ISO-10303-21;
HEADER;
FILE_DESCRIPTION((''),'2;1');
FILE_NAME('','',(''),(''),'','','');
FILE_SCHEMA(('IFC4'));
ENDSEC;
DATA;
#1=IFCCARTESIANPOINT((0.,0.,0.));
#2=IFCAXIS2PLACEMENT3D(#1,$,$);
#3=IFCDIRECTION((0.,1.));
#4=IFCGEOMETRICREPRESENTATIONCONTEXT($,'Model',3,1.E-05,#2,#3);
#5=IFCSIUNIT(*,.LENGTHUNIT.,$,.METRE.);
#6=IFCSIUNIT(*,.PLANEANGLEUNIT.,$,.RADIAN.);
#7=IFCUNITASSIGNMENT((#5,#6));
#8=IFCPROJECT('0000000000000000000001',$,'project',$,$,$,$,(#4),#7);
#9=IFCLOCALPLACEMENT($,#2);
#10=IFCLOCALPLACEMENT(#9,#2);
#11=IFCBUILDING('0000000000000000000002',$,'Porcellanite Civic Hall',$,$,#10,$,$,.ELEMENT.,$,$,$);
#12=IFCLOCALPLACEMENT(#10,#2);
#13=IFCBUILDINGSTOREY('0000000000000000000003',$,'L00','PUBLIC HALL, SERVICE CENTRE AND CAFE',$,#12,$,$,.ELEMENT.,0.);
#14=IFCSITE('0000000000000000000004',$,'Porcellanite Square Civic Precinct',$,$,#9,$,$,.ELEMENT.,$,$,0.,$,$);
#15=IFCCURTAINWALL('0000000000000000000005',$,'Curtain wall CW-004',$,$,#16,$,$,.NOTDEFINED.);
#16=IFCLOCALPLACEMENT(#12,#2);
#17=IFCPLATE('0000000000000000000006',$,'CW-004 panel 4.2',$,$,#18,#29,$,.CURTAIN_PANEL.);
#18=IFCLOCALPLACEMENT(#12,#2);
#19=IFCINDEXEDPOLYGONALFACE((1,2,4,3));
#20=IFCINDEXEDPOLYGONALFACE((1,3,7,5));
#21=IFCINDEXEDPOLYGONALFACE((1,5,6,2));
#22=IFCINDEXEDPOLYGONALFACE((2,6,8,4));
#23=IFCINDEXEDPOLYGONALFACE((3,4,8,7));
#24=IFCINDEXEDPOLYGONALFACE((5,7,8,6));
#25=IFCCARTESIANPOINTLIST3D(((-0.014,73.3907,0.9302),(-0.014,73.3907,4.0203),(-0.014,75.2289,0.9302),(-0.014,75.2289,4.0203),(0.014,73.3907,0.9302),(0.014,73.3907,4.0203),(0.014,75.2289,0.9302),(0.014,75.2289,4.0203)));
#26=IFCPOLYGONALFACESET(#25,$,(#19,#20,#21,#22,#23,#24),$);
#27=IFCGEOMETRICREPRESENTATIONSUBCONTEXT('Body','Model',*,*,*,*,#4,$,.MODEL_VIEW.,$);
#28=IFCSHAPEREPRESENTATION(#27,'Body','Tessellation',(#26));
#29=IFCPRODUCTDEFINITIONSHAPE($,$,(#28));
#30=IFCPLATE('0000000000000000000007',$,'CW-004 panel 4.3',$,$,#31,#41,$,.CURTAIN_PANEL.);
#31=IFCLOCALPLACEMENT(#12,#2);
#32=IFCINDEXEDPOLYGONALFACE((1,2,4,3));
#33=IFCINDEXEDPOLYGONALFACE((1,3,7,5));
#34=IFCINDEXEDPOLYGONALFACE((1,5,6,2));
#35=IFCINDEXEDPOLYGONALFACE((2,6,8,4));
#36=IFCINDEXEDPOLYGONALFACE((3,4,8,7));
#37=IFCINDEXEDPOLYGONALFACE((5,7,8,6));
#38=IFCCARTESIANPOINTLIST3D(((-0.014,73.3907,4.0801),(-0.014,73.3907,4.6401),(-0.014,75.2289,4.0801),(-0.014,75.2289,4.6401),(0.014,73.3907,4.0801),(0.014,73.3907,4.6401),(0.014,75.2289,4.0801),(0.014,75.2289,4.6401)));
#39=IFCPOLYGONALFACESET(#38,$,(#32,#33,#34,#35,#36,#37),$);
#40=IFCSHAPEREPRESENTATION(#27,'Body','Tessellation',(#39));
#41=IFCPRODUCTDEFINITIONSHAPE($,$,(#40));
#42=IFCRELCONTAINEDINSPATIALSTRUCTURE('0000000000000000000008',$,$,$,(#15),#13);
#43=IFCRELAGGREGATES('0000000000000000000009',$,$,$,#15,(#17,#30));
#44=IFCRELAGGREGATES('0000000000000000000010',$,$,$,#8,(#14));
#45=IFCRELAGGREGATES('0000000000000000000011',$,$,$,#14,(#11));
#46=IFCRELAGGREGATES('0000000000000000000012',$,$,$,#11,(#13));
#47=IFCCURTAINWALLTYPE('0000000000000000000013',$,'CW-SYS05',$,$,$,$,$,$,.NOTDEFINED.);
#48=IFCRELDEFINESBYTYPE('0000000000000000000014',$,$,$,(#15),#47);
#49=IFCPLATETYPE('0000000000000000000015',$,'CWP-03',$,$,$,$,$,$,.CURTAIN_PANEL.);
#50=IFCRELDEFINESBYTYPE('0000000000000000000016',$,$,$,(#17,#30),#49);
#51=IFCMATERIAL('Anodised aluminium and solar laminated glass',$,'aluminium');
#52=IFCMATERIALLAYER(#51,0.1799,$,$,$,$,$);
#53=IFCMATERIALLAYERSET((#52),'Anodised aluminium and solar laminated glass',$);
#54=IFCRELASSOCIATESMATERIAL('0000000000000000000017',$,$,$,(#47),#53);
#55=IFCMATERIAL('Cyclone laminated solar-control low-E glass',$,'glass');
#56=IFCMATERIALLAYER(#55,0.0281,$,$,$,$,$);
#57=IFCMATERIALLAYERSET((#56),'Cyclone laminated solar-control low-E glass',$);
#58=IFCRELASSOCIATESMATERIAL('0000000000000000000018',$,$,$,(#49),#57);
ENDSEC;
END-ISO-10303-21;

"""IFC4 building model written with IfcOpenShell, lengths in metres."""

from ifc_helpers import new_model, si_unit, direction, frame, origin, origin_2d, place, context, subcontext, project, spatial, rectangle, extrude, material, layer, layer_set, type_object, element, aggregate, save


model = new_model("IFC4")

# Units and contexts
model_context = context("Model", 3, precision=1e-05, world=origin(), true_north=direction((0.0, 1.0)))
body_context = subcontext(model_context, "Body", "Model", "MODEL_VIEW")
ifc_project = project(units=[si_unit("LENGTHUNIT", "METRE"), si_unit("PLANEANGLEUNIT", "RADIAN")], contexts=[model_context])

# Site, building, storey
site_placement = place(None, origin())
site = spatial("IfcSite", under=ifc_project, at=site_placement, Name="Porcellanite Square Civic Precinct", CompositionType="ELEMENT", RefElevation=0.0)
building_placement = place(site_placement, origin())
building = spatial("IfcBuilding", under=site, at=building_placement, Name="Porcellanite Civic Hall", CompositionType="ELEMENT")
storey_placement = place(building_placement, origin())
storey = spatial("IfcBuildingStorey", under=building, at=storey_placement, Name="L00", Description="PUBLIC HALL, SERVICE CENTRE AND CAFE", CompositionType="ELEMENT", Elevation=0.0)

# Curtain wall, plates
ifc_material_1 = material(Name="Anodised aluminium and solar laminated glass", Category="aluminium")
ifc_layer_1 = layer(ifc_material_1, 0.1799)
ifc_layer_set_1 = layer_set([ifc_layer_1], Name="Anodised aluminium and solar laminated glass")
curtain_wall_type = type_object("IfcCurtainWallType", Name="CW-SYS05", PredefinedType="NOTDEFINED", material=ifc_layer_set_1)
curtain_wall_placement = place(storey_placement, origin())
curtain_wall = element("IfcCurtainWall", 1, at=curtain_wall_placement, inside=storey, type_object=curtain_wall_type, Name="Curtain wall CW-004", PredefinedType="NOTDEFINED")
ifc_material_2 = material(Name="Cyclone laminated solar-control low-E glass", Category="glass")
ifc_layer_2 = layer(ifc_material_2, 0.0281)
ifc_layer_set_2 = layer_set([ifc_layer_2], Name="Cyclone laminated solar-control low-E glass")
plate_type = type_object("IfcPlateType", Name="CWP-03", PredefinedType="CURTAIN_PANEL", material=ifc_layer_set_2)
plate_1_placement = place(storey_placement, frame((0.0, 74.3098, 0.9302), z_axis=(0.0, 0.0, 1.0), x_axis=(0.0, 1.0, 0.0)))
plate_1 = element("IfcPlate", 2, at=plate_1_placement, type_object=plate_type, Name="CW-004 panel 4.2", PredefinedType="CURTAIN_PANEL", context=body_context, shape_type="SweptSolid", body=[
    extrude(rectangle(XDim=1.8381, YDim=0.0281, at=origin_2d()), origin(), (0.0, 0.0, 1.0), 3.0901),
])
plate_2_placement = place(storey_placement, frame((0.0, 74.3098, 4.0801), z_axis=(0.0, 0.0, 1.0), x_axis=(0.0, 1.0, 0.0)))
plate_2 = element("IfcPlate", 3, at=plate_2_placement, type_object=plate_type, Name="CW-004 panel 4.3", PredefinedType="CURTAIN_PANEL", context=body_context, shape_type="SweptSolid", body=[
    extrude(rectangle(XDim=1.8381, YDim=0.0281, at=origin_2d()), origin(), (0.0, 0.0, 1.0), 0.5601),
])
aggregate(curtain_wall, [plate_1, plate_2])

save(model, "model.ifc")
